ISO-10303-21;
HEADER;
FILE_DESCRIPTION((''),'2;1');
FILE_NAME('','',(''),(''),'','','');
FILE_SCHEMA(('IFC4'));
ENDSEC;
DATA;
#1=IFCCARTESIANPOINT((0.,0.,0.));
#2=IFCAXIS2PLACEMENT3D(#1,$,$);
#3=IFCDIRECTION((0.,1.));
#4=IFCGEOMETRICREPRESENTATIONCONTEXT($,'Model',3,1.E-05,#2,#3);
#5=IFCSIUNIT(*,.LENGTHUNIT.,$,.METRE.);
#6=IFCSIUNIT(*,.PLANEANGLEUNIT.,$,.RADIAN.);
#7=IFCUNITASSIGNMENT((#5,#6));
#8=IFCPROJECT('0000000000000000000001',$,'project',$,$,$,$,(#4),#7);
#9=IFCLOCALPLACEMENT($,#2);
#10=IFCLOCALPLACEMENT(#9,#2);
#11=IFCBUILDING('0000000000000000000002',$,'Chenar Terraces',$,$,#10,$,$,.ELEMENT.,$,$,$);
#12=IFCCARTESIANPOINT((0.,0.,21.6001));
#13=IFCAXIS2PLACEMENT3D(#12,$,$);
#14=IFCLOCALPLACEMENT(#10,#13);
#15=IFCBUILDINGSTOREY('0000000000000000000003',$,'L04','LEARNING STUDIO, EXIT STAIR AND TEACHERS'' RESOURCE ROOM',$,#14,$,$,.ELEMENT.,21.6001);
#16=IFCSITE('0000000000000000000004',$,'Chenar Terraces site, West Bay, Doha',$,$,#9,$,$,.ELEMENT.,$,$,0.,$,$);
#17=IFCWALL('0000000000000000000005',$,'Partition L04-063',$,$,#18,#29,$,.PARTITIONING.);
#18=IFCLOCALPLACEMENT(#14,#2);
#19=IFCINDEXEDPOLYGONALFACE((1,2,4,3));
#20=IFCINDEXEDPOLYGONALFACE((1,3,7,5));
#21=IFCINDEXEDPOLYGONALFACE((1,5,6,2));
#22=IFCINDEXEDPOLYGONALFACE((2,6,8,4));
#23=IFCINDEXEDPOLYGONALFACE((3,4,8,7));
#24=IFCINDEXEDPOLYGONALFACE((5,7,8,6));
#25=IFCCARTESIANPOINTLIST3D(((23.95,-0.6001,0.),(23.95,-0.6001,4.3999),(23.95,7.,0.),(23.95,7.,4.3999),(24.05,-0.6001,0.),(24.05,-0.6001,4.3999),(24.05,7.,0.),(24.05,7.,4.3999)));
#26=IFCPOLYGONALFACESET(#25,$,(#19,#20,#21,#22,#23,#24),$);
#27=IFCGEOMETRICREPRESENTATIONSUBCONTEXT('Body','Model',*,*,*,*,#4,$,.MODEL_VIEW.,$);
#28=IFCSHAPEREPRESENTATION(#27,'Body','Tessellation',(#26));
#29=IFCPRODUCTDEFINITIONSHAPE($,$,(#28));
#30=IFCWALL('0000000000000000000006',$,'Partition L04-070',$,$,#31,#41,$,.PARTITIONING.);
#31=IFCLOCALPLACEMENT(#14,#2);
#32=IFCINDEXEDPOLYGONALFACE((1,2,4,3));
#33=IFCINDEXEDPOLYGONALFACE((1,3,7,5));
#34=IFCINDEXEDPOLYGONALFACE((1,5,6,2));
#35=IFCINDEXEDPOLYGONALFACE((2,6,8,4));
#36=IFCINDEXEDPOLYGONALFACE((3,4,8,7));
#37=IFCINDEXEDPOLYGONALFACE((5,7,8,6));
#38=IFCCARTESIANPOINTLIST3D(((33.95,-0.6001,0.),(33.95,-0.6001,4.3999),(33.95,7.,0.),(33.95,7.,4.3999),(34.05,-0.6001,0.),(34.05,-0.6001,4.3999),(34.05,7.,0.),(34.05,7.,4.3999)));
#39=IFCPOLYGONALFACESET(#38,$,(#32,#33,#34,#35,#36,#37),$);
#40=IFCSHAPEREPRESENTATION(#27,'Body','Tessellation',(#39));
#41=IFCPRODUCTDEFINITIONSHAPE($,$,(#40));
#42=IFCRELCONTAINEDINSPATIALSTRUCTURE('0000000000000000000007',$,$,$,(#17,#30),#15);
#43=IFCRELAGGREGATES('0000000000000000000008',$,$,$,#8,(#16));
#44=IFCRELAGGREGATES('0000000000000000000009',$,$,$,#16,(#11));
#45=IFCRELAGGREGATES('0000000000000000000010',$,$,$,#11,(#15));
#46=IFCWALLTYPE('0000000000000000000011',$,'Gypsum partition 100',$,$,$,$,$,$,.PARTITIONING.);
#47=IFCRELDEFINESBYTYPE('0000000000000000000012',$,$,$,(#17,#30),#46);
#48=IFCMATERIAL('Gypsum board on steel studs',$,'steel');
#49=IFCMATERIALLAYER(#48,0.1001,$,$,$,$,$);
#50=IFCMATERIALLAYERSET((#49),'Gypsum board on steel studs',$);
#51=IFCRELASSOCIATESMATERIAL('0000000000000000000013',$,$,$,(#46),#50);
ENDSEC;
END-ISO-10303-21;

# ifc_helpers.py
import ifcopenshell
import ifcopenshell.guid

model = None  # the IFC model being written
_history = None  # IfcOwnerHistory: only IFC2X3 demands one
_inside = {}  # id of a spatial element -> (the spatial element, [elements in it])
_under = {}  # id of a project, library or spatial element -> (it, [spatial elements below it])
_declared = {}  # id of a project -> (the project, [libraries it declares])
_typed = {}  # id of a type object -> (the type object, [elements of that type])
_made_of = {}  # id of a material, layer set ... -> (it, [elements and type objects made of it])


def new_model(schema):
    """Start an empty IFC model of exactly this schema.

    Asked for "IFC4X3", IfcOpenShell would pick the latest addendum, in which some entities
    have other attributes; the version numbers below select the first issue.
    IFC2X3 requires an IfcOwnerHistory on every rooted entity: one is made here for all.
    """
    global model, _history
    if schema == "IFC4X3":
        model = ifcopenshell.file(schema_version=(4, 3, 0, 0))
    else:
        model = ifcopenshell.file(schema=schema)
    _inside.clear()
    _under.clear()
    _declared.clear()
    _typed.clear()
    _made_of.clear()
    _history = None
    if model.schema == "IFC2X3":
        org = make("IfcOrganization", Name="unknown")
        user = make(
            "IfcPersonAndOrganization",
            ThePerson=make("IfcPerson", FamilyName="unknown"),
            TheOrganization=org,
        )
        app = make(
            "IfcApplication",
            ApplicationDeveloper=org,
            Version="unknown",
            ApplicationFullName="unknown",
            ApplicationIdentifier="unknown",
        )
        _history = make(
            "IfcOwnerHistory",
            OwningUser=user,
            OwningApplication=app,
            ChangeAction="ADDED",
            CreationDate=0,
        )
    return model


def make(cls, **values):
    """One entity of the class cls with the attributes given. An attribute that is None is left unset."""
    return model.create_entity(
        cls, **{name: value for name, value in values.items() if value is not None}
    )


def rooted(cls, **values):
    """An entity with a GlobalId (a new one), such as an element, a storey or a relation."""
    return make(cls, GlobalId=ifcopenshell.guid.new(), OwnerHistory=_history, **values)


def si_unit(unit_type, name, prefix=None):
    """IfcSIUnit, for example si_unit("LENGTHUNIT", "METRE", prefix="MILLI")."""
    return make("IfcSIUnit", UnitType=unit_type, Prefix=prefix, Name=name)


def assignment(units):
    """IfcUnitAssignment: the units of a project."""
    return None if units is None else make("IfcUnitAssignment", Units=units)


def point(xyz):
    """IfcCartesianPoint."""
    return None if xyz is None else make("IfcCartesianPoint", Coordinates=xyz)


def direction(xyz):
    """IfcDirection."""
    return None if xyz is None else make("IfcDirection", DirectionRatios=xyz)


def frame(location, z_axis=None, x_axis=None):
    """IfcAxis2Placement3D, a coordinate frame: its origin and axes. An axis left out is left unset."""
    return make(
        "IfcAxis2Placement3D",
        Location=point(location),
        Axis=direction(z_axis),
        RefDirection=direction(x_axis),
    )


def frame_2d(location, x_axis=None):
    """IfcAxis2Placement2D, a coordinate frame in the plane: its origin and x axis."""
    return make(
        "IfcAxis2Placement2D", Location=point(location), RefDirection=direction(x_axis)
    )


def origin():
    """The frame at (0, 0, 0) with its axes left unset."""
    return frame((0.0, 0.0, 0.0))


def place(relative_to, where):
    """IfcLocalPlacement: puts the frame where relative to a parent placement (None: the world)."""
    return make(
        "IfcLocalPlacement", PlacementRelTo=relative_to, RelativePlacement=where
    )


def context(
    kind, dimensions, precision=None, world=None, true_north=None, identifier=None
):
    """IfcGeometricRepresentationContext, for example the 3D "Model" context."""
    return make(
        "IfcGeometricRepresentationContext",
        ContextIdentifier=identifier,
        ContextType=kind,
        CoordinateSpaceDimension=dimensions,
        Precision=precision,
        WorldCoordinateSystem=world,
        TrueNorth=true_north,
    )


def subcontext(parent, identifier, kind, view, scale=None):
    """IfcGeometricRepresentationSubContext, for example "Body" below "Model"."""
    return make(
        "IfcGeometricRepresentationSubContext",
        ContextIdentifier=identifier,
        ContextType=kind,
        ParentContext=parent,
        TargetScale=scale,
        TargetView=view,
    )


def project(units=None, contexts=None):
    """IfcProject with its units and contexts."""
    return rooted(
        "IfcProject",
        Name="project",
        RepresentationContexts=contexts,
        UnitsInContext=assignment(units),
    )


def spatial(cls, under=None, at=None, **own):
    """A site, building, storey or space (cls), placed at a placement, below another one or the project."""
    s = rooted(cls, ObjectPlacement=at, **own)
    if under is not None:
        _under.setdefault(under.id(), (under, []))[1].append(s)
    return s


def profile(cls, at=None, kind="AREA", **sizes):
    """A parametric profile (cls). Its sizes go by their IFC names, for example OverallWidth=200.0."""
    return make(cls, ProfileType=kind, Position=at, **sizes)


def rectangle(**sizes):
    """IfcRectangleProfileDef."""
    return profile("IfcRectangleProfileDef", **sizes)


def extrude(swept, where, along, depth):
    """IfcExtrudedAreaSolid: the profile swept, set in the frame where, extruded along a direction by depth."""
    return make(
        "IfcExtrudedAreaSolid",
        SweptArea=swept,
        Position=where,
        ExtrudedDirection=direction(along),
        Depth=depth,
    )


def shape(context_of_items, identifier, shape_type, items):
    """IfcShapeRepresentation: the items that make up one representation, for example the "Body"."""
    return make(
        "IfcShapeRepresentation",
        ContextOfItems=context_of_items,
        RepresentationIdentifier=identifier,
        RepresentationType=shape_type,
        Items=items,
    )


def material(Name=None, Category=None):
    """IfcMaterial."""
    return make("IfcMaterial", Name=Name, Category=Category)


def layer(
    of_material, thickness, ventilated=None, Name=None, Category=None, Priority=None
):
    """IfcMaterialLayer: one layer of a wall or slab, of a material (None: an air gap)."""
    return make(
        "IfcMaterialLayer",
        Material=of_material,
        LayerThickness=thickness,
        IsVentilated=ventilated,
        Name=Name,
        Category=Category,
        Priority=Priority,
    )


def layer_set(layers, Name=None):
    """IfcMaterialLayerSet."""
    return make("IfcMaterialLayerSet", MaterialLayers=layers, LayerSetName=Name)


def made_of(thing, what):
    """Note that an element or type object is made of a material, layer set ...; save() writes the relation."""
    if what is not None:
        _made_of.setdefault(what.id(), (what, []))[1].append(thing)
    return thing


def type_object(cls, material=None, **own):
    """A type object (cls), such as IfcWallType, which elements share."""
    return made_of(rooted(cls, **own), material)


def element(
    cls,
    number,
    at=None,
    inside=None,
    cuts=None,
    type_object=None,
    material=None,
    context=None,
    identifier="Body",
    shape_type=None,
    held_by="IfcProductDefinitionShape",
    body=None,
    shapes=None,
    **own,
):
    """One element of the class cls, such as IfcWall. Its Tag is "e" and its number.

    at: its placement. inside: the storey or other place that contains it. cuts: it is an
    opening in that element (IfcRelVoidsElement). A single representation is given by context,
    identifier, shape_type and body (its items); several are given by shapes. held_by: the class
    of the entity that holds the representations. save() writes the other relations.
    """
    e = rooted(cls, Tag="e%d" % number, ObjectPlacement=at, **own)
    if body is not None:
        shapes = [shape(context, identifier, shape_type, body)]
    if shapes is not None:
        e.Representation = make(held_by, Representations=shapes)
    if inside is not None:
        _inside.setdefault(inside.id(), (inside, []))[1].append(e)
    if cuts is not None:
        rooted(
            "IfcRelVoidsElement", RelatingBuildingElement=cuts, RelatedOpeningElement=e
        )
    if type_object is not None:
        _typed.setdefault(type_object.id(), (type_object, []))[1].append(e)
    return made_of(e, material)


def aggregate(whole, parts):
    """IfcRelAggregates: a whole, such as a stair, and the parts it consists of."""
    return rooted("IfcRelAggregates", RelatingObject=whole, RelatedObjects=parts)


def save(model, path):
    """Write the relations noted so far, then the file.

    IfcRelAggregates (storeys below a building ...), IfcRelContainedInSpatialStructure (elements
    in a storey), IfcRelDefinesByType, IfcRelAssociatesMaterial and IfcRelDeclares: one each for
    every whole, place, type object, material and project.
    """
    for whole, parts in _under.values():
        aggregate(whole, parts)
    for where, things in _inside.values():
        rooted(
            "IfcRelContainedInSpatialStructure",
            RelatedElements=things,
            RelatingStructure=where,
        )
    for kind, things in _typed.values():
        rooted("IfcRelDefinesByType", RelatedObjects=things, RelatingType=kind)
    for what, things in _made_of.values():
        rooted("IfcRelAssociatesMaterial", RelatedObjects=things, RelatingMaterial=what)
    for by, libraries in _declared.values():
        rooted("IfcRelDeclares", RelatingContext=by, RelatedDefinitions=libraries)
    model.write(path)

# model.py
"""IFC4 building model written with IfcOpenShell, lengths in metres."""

from ifc_helpers import new_model, si_unit, direction, frame, frame_2d, origin, place, context, subcontext, project, spatial, rectangle, extrude, material, layer, layer_set, type_object, element, save


model = new_model("IFC4")

# Units and contexts
model_context = context("Model", 3, precision=1e-05, world=origin(), true_north=direction((0.0, 1.0)))
body_context = subcontext(model_context, "Body", "Model", "MODEL_VIEW")
ifc_project = project(units=[si_unit("LENGTHUNIT", "METRE"), si_unit("PLANEANGLEUNIT", "RADIAN")], contexts=[model_context])

# Site, building, storey
site_placement = place(None, origin())
site = spatial("IfcSite", under=ifc_project, at=site_placement, Name="Chenar Terraces site, West Bay, Doha", CompositionType="ELEMENT", RefElevation=0.0)
building_placement = place(site_placement, origin())
building = spatial("IfcBuilding", under=site, at=building_placement, Name="Chenar Terraces", CompositionType="ELEMENT")
storey_placement = place(building_placement, frame((0.0, 0.0, 21.6001)))
storey = spatial("IfcBuildingStorey", under=building, at=storey_placement, Name="L04", Description="LEARNING STUDIO, EXIT STAIR AND TEACHERS' RESOURCE ROOM", CompositionType="ELEMENT", Elevation=21.6001)

# Walls
ifc_material_1 = material(Name="Gypsum board on steel studs", Category="steel")
ifc_layer_1 = layer(ifc_material_1, 0.1001)
ifc_layer_set_1 = layer_set([ifc_layer_1], Name="Gypsum board on steel studs")
wall_type_1 = type_object("IfcWallType", Name="Gypsum partition 100", PredefinedType="PARTITIONING", material=ifc_layer_set_1)
for number, where, z_axis, x_axis, name in (
    (1, (24.0, -0.6001, 0.0), (0.0, 0.0, 1.0), (0.0, 1.0, 0.0), "Partition L04-063"),
    (2, (34.0, -0.6001, 0.0), (0.0, 0.0, 1.0), (0.0, 1.0, 0.0), "Partition L04-070"),
):
    element("IfcWall", number, at=place(storey_placement, frame(where, z_axis=z_axis, x_axis=x_axis)), inside=storey, type_object=wall_type_1, Name=name, PredefinedType="PARTITIONING", context=body_context, shape_type="SweptSolid", body=[
        extrude(rectangle(XDim=7.6001, YDim=0.1001, at=frame_2d((3.8, 0.0))), origin(), (0.0, 0.0, 1.0), 4.3999),
    ])

save(model, "model.ifc")
